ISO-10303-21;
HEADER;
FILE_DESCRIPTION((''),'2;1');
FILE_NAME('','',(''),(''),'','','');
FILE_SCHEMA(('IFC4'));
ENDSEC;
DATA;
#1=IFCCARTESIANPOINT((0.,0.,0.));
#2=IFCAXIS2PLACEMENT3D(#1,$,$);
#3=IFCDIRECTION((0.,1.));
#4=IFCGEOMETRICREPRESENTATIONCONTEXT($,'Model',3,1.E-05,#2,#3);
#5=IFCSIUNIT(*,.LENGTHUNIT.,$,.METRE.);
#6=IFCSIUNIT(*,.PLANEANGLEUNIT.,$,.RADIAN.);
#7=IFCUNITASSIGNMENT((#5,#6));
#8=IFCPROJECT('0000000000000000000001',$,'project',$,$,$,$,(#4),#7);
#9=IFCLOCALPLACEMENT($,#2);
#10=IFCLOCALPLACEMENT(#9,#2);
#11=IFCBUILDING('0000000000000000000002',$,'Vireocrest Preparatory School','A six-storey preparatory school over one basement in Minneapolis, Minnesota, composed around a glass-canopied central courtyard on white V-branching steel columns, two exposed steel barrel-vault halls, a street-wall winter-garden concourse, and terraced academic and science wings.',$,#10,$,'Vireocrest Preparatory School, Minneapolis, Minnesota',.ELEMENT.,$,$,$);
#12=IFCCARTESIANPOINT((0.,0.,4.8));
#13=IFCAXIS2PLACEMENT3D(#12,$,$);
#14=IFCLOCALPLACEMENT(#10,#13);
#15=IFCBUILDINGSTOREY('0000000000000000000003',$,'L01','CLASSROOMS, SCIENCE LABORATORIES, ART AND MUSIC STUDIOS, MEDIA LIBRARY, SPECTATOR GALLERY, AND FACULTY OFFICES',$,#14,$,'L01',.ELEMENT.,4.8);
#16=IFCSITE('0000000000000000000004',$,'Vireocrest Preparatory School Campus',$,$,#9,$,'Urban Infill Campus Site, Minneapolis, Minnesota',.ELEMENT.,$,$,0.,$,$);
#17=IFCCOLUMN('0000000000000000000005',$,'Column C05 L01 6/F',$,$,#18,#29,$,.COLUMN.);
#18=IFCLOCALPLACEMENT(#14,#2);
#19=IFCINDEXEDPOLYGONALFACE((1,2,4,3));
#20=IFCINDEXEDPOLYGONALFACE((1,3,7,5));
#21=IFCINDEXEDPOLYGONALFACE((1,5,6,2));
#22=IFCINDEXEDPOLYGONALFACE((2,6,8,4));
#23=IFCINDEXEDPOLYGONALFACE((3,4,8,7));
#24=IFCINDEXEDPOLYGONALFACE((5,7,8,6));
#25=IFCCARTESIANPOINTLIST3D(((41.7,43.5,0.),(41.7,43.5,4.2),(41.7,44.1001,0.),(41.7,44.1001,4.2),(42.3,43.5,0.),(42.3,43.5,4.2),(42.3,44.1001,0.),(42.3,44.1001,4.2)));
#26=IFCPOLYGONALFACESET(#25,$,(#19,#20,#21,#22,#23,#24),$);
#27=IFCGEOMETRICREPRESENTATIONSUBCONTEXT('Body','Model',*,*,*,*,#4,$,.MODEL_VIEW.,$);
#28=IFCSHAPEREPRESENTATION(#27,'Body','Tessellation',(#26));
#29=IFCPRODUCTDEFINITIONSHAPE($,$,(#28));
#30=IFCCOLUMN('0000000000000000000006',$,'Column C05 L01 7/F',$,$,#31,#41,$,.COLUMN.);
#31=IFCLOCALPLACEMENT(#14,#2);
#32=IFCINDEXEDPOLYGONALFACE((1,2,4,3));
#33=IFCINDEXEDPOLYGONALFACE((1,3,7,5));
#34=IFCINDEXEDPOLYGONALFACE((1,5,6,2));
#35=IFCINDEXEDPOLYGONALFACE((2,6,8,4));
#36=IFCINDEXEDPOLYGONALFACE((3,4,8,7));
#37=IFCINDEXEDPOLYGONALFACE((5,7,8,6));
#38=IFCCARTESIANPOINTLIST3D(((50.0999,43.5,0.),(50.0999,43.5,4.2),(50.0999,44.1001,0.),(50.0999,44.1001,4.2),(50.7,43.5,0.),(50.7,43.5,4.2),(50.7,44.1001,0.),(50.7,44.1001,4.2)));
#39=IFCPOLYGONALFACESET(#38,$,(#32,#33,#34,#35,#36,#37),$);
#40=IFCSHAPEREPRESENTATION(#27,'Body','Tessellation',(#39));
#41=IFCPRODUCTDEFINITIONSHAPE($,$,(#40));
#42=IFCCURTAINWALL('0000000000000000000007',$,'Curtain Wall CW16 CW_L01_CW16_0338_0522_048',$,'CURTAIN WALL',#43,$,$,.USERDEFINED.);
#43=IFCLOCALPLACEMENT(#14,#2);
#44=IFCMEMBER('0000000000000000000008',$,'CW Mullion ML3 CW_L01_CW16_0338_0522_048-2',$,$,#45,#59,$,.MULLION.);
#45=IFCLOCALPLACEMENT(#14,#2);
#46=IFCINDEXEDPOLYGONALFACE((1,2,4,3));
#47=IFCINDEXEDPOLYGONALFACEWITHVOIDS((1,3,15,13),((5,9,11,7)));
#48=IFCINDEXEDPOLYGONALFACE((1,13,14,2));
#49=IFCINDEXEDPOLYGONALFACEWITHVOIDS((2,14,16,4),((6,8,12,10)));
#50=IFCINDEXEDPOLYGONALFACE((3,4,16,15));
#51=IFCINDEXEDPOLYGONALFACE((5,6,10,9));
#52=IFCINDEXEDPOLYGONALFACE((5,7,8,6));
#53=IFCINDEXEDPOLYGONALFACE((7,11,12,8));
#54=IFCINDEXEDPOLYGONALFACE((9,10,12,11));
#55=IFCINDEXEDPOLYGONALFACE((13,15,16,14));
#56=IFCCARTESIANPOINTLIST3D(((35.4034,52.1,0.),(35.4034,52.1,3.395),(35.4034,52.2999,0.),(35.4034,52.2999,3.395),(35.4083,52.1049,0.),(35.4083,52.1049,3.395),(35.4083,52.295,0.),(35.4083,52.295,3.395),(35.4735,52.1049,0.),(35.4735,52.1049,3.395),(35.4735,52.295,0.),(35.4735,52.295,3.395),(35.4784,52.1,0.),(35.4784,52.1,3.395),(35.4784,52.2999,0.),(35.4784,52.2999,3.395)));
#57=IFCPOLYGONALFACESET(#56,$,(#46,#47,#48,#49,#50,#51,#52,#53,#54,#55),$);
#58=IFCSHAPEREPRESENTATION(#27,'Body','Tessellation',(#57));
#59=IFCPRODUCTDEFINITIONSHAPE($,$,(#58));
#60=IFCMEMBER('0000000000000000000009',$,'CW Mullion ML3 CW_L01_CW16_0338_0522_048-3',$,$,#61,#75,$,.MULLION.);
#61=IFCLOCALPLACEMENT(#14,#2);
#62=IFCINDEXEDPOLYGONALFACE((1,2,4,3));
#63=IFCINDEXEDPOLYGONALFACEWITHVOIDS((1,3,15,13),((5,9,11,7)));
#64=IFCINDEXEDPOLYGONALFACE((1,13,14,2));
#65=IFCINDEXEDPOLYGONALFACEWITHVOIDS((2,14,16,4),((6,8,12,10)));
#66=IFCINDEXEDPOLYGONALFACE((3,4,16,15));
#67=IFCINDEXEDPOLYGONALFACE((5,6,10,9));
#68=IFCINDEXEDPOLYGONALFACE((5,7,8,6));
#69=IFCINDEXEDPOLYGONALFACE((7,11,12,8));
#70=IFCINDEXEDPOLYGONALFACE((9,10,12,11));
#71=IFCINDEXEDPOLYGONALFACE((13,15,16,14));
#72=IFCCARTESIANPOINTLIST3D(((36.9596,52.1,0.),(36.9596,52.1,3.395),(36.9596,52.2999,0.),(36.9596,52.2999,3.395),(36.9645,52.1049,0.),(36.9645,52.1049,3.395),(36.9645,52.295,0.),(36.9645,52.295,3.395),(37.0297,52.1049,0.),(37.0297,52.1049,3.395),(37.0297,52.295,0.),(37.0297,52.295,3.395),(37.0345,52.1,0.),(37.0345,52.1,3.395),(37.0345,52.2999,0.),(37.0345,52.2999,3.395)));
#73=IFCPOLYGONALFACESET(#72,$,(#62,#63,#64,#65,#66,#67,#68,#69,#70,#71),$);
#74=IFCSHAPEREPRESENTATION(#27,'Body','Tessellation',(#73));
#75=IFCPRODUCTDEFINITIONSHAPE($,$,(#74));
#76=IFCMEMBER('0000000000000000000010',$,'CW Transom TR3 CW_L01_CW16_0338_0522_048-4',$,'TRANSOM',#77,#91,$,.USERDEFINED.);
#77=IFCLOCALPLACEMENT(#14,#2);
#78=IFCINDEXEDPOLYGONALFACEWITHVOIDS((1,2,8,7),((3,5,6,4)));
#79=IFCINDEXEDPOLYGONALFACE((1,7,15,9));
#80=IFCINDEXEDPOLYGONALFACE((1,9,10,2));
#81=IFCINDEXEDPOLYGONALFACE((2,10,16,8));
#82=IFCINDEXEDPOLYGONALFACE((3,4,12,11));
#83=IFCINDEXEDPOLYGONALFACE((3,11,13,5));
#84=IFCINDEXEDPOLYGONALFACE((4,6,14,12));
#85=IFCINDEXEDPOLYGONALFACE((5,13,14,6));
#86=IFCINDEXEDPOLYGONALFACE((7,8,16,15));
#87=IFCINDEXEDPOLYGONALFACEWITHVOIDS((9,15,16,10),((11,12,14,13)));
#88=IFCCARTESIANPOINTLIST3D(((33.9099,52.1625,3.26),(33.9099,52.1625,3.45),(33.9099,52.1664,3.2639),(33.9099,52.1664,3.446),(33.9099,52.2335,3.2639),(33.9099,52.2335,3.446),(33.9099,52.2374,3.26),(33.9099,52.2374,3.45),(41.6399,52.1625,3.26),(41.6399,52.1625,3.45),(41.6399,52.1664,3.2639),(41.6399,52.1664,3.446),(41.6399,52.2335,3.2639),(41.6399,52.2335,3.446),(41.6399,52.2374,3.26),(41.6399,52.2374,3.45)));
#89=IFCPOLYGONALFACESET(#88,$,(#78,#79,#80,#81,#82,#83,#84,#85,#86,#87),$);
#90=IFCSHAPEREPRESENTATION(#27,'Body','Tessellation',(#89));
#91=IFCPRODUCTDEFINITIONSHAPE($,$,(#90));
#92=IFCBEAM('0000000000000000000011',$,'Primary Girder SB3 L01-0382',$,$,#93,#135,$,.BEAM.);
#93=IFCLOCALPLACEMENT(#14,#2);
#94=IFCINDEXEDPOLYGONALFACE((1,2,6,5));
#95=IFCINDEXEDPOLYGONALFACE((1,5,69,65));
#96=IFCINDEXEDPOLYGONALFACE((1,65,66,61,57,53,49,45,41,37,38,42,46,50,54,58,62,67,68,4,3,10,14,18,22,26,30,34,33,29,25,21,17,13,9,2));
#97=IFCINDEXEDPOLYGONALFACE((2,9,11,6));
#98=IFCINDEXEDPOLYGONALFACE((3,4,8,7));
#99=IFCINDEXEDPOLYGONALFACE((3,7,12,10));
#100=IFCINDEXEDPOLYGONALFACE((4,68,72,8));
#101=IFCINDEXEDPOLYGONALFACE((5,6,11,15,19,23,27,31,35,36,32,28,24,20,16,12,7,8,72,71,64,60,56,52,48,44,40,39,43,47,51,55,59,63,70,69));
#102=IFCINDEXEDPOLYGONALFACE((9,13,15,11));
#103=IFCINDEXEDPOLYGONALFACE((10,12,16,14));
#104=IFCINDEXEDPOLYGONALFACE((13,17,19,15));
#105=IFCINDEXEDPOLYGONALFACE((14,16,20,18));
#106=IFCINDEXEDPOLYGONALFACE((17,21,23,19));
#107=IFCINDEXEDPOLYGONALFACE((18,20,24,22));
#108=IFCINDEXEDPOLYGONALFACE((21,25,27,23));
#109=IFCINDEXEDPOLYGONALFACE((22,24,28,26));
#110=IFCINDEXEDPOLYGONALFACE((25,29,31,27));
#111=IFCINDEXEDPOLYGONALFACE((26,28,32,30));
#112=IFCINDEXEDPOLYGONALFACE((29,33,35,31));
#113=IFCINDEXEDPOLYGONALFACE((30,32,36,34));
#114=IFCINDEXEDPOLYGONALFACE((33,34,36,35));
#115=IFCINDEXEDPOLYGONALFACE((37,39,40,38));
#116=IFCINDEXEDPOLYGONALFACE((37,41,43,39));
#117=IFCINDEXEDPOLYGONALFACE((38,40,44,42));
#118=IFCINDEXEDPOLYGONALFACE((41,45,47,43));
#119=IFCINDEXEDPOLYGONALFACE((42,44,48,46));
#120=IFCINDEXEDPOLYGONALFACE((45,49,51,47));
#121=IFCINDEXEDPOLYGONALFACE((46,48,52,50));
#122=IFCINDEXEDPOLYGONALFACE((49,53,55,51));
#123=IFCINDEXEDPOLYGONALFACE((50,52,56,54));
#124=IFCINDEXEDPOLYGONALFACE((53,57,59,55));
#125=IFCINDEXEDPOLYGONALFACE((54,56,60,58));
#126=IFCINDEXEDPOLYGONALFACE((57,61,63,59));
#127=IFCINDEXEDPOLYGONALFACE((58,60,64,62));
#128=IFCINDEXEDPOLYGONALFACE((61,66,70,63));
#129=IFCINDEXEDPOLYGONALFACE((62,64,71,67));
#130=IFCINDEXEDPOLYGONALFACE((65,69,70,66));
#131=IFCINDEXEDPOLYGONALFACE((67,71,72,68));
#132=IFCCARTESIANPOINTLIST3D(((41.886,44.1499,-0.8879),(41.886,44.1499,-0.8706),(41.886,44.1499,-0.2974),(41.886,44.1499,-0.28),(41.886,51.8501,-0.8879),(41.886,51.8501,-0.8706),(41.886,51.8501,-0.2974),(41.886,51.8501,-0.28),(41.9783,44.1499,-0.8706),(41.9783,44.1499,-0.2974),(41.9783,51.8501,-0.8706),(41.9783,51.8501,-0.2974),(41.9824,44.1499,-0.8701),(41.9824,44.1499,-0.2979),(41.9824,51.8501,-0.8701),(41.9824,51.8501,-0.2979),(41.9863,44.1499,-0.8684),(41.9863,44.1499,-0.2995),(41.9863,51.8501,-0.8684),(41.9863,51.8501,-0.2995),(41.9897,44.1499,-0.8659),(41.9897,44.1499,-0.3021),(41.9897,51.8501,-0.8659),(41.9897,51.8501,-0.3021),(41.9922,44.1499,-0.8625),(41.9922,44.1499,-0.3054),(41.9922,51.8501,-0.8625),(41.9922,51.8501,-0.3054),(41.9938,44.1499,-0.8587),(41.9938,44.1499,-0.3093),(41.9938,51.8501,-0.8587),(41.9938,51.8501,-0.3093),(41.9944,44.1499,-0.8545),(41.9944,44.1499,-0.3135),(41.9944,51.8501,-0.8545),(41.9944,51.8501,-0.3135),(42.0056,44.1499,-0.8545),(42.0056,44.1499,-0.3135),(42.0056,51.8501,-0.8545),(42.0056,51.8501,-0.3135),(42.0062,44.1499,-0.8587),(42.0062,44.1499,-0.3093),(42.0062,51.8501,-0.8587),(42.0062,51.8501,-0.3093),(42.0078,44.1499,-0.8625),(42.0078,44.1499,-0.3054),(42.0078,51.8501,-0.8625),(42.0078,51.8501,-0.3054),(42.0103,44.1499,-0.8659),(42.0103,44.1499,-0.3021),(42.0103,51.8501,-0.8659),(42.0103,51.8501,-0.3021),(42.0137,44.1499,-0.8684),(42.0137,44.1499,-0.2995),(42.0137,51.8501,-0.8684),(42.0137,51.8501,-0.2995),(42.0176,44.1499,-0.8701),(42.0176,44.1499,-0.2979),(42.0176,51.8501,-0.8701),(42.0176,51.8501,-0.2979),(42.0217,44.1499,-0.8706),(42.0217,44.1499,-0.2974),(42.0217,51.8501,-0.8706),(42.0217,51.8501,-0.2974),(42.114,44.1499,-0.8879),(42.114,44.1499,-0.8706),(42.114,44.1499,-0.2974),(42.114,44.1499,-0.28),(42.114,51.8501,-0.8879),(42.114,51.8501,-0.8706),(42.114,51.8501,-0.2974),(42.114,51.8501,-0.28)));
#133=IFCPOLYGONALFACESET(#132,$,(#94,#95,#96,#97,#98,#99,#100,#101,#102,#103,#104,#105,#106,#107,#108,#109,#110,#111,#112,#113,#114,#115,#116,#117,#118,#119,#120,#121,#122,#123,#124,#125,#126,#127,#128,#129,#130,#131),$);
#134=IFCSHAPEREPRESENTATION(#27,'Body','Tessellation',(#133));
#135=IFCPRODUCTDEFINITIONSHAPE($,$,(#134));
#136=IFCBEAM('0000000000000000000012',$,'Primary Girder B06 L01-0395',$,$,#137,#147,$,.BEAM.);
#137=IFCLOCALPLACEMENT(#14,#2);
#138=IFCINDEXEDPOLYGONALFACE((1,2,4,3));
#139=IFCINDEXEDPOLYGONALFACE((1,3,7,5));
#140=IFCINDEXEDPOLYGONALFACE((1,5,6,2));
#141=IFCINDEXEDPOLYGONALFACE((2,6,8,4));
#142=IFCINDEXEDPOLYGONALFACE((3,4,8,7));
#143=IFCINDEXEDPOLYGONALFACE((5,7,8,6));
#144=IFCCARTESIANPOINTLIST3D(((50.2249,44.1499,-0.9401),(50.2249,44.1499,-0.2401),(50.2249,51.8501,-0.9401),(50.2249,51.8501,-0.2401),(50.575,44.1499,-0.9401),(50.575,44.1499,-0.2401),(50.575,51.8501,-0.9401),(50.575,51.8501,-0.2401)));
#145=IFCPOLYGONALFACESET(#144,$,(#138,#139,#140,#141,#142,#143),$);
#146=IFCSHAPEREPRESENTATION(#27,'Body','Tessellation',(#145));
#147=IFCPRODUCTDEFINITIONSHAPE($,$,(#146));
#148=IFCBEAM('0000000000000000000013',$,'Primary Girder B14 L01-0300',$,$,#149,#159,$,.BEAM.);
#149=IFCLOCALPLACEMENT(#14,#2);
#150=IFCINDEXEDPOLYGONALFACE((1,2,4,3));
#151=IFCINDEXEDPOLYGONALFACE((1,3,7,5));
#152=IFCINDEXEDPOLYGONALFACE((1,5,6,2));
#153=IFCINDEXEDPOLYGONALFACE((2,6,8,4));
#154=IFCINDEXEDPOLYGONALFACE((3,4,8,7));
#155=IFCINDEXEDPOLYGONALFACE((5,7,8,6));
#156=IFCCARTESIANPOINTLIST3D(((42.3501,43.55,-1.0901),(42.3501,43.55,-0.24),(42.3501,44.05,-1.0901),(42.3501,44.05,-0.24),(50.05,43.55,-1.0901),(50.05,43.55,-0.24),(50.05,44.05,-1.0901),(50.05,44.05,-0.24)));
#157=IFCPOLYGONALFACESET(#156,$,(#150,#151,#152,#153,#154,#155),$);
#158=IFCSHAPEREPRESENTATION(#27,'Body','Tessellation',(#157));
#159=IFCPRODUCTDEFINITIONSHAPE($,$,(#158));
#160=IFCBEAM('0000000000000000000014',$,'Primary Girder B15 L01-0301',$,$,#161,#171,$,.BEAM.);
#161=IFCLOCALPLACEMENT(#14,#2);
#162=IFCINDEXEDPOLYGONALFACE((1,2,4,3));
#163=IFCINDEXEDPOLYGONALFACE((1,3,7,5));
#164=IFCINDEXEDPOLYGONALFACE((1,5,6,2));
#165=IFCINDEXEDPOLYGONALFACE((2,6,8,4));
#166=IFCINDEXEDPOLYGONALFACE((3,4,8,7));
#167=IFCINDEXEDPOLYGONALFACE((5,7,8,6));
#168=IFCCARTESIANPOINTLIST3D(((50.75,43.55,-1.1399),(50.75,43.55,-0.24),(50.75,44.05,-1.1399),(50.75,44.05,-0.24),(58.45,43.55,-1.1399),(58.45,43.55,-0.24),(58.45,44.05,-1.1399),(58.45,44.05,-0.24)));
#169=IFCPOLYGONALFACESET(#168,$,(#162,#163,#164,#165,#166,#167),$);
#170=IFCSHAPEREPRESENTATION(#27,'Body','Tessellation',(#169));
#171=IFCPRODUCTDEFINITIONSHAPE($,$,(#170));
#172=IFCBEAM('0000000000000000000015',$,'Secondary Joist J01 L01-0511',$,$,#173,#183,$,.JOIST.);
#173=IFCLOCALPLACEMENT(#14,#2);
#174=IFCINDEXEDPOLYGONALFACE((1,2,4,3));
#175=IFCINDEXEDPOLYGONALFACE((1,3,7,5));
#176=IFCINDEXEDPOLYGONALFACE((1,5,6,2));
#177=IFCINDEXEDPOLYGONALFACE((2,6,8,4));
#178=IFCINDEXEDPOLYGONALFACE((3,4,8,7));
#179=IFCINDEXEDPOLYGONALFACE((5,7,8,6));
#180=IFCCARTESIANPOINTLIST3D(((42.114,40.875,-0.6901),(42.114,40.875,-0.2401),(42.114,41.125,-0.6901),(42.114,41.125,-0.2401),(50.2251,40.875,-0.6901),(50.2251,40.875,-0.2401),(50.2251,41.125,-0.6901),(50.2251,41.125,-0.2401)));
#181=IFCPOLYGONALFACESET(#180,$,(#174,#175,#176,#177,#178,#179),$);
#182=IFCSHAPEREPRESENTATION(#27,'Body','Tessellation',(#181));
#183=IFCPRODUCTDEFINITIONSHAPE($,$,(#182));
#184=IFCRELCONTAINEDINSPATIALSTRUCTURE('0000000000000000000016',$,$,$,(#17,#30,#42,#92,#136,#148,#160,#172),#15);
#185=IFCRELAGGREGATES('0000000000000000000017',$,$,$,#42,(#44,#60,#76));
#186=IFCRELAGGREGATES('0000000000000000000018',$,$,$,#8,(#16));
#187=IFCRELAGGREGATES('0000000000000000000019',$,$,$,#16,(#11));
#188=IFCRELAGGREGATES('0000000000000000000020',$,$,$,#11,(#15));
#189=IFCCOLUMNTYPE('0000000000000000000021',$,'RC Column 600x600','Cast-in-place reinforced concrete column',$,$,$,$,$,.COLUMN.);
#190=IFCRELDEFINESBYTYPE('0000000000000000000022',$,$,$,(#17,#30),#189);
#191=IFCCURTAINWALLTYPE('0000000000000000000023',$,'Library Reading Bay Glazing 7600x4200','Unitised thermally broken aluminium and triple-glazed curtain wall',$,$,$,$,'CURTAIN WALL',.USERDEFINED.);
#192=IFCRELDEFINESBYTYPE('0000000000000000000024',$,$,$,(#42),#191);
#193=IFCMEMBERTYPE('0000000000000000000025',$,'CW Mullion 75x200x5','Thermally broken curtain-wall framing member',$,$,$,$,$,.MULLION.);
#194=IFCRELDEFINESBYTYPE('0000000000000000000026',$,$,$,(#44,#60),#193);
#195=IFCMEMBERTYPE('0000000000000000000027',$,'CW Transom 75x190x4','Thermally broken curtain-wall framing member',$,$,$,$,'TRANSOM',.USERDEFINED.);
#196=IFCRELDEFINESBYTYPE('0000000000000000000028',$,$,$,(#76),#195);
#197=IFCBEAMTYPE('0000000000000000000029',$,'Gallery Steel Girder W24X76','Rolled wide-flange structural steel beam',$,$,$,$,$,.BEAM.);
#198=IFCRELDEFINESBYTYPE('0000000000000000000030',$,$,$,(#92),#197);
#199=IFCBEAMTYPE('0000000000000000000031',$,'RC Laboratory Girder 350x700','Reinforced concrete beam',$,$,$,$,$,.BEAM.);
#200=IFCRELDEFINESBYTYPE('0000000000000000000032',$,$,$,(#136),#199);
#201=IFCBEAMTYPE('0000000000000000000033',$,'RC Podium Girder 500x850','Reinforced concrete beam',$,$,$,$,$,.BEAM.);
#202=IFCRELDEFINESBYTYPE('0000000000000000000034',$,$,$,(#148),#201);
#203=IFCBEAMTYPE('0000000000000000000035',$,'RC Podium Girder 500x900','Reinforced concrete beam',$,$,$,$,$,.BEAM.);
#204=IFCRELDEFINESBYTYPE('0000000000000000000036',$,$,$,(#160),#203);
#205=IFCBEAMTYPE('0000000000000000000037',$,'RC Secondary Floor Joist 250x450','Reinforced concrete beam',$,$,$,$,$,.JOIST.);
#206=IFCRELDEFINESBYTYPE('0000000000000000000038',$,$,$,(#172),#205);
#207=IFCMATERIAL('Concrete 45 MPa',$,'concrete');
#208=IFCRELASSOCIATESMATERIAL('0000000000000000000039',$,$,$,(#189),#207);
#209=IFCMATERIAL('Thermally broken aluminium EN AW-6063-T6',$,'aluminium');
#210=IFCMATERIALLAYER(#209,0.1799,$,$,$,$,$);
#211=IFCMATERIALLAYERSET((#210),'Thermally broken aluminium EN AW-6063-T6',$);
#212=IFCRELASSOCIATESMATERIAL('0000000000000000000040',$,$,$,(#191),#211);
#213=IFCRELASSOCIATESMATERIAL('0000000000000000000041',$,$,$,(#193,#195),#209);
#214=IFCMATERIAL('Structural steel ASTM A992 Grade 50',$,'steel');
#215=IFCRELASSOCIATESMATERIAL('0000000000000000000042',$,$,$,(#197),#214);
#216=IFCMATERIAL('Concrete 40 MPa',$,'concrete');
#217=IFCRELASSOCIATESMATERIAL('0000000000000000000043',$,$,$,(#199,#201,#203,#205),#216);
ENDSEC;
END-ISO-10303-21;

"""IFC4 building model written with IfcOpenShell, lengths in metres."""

from ifc_helpers import new_model, si_unit, direction, frame, origin, origin_2d, place, context, subcontext, project, spatial, rectangle, hollow_rectangle, i_section, extrude, material, layer, layer_set, material_profile, profile_set, type_object, element, aggregate, save


model = new_model("IFC4")

# Units and contexts
model_context = context("Model", 3, precision=1e-05, world=origin(), true_north=direction((0.0, 1.0)))
body_context = subcontext(model_context, "Body", "Model", "MODEL_VIEW")
ifc_project = project(units=[si_unit("LENGTHUNIT", "METRE"), si_unit("PLANEANGLEUNIT", "RADIAN")], contexts=[model_context])

# Site, building, storey
site_placement = place(None, origin())
site = spatial("IfcSite", under=ifc_project, at=site_placement, Name="Vireocrest Preparatory School Campus", LongName="Urban Infill Campus Site, Minneapolis, Minnesota", CompositionType="ELEMENT", RefElevation=0.0)
building_placement = place(site_placement, origin())
building = spatial("IfcBuilding", under=site, at=building_placement, Name="Vireocrest Preparatory School", Description="A six-storey preparatory school over one basement in Minneapolis, Minnesota, composed around a glass-canopied central courtyard on white V-branching steel columns, two exposed steel barrel-vault halls, a street-wall winter-garden concourse, and terraced academic and science wings.", LongName="Vireocrest Preparatory School, Minneapolis, Minnesota", CompositionType="ELEMENT")
storey_placement = place(building_placement, frame((0.0, 0.0, 4.8)))
storey = spatial("IfcBuildingStorey", under=building, at=storey_placement, Name="L01", Description="CLASSROOMS, SCIENCE LABORATORIES, ART AND MUSIC STUDIOS, MEDIA LIBRARY, SPECTATOR GALLERY, AND FACULTY OFFICES", LongName="L01", CompositionType="ELEMENT", Elevation=4.8)

# Columns
ifc_material_1 = material(Name="Concrete 45 MPa", Category="concrete")
ifc_material_profile_1 = material_profile(ifc_material_1, rectangle(XDim=0.6001, YDim=0.6001, at=origin_2d()), Name="RC 600x600")
ifc_profile_set_1 = profile_set([ifc_material_profile_1], Name="Concrete 45 MPa")
column_type = type_object("IfcColumnType", Name="RC Column 600x600", Description="Cast-in-place reinforced concrete column", PredefinedType="COLUMN", material=ifc_profile_set_1)
for number, where, z_axis, x_axis, name in (
    (1, (42.0, 43.8, 0.0), (0.0, 0.0, 1.0), (1.0, 0.0, 0.0), "Column C05 L01 6/F"),
    (2, (50.3999, 43.8, 0.0), (0.0, 0.0, 1.0), (1.0, 0.0, 0.0), "Column C05 L01 7/F"),
):
    element("IfcColumn", number, at=place(storey_placement, frame(where, z_axis=z_axis, x_axis=x_axis)), inside=storey, type_object=column_type, Name=name, PredefinedType="COLUMN", context=body_context, shape_type="SweptSolid", body=[
        extrude(rectangle(XDim=0.6001, YDim=0.6001, at=origin_2d()), origin(), (0.0, 0.0, 1.0), 4.2),
    ])

# Curtain wall, members
ifc_material_2 = material(Name="Thermally broken aluminium EN AW-6063-T6", Category="aluminium")
ifc_layer_1 = layer(ifc_material_2, 0.1799)
ifc_layer_set_1 = layer_set([ifc_layer_1], Name="Thermally broken aluminium EN AW-6063-T6")
curtain_wall_type = type_object("IfcCurtainWallType", Name="Library Reading Bay Glazing 7600x4200", Description="Unitised thermally broken aluminium and triple-glazed curtain wall", ElementType="CURTAIN WALL", PredefinedType="USERDEFINED", material=ifc_layer_set_1)
curtain_wall_placement = place(storey_placement, origin())
curtain_wall = element("IfcCurtainWall", 3, at=curtain_wall_placement, inside=storey, type_object=curtain_wall_type, Name="Curtain Wall CW16 CW_L01_CW16_0338_0522_048", ObjectType="CURTAIN WALL", PredefinedType="USERDEFINED")
ifc_material_profile_2 = material_profile(ifc_material_2, hollow_rectangle(XDim=0.075, YDim=0.2, WallThickness=0.0049, at=origin_2d()), Name="ALU 75x200x5")
ifc_profile_set_2 = profile_set([ifc_material_profile_2], Name="Thermally broken aluminium EN AW-6063-T6")
member_type_1 = type_object("IfcMemberType", Name="CW Mullion 75x200x5", Description="Thermally broken curtain-wall framing member", PredefinedType="MULLION", material=ifc_profile_set_2)
member_1_placement = place(storey_placement, frame((35.4409, 52.2, 0.0), z_axis=(0.0, 0.0, 1.0), x_axis=(1.0, 0.0, 0.0)))
member_1 = element("IfcMember", 4, at=member_1_placement, type_object=member_type_1, Name="CW Mullion ML3 CW_L01_CW16_0338_0522_048-2", PredefinedType="MULLION", context=body_context, shape_type="SweptSolid", body=[
    extrude(hollow_rectangle(XDim=0.075, YDim=0.2, WallThickness=0.0049, at=origin_2d()), origin(), (0.0, 0.0, 1.0), 3.395),
])
member_2_placement = place(storey_placement, frame((36.9971, 52.2, 0.0), z_axis=(0.0, 0.0, 1.0), x_axis=(1.0, 0.0, 0.0)))
member_2 = element("IfcMember", 5, at=member_2_placement, type_object=member_type_1, Name="CW Mullion ML3 CW_L01_CW16_0338_0522_048-3", PredefinedType="MULLION", context=body_context, shape_type="SweptSolid", body=[
    extrude(hollow_rectangle(XDim=0.075, YDim=0.2, WallThickness=0.0049, at=origin_2d()), origin(), (0.0, 0.0, 1.0), 3.395),
])
ifc_material_profile_3 = material_profile(ifc_material_2, hollow_rectangle(XDim=0.075, YDim=0.1899, WallThickness=0.0039, at=origin_2d()), Name="ALU 75x190x4")
ifc_profile_set_3 = profile_set([ifc_material_profile_3], Name="Thermally broken aluminium EN AW-6063-T6")
member_type_2 = type_object("IfcMemberType", Name="CW Transom 75x190x4", Description="Thermally broken curtain-wall framing member", ElementType="TRANSOM", PredefinedType="USERDEFINED", material=ifc_profile_set_3)
member_3_placement = place(storey_placement, frame((33.9099, 52.2, 3.355), z_axis=(1.0, 0.0, 0.0), x_axis=(0.0, 1.0, 0.0)))
member_3 = element("IfcMember", 6, at=member_3_placement, type_object=member_type_2, Name="CW Transom TR3 CW_L01_CW16_0338_0522_048-4", ObjectType="TRANSOM", PredefinedType="USERDEFINED", context=body_context, shape_type="SweptSolid", body=[
    extrude(hollow_rectangle(XDim=0.075, YDim=0.1899, WallThickness=0.0039, at=origin_2d()), origin(), (0.0, 0.0, 1.0), 7.73),
])

# Beams
ifc_material_3 = material(Name="Structural steel ASTM A992 Grade 50", Category="steel")
ifc_material_profile_4 = material_profile(ifc_material_3, i_section(OverallWidth=0.228, OverallDepth=0.6079, WebThickness=0.0112, FlangeThickness=0.0173, FilletRadius=0.0161, at=origin_2d()), Name="W24X76")
ifc_profile_set_4 = profile_set([ifc_material_profile_4], Name="Structural steel ASTM A992 Grade 50")
beam_type_1 = type_object("IfcBeamType", Name="Gallery Steel Girder W24X76", Description="Rolled wide-flange structural steel beam", PredefinedType="BEAM", material=ifc_profile_set_4)
beam_1_placement = place(storey_placement, frame((42.0, 44.1499, -0.584), z_axis=(0.0, 1.0, 0.0), x_axis=(-1.0, 0.0, 0.0)))
element("IfcBeam", 7, at=beam_1_placement, inside=storey, type_object=beam_type_1, Name="Primary Girder SB3 L01-0382", PredefinedType="BEAM", context=body_context, shape_type="SweptSolid", body=[
    extrude(i_section(OverallWidth=0.228, OverallDepth=0.6079, WebThickness=0.0112, FlangeThickness=0.0173, FilletRadius=0.0161, at=origin_2d()), origin(), (0.0, 0.0, 1.0), 7.7002),
])
ifc_material_4 = material(Name="Concrete 40 MPa", Category="concrete")
ifc_material_profile_5 = material_profile(ifc_material_4, rectangle(XDim=0.3501, YDim=0.7, at=origin_2d()), Name="RC 350x700")
ifc_profile_set_5 = profile_set([ifc_material_profile_5], Name="Concrete 40 MPa")
beam_type_2 = type_object("IfcBeamType", Name="RC Laboratory Girder 350x700", Description="Reinforced concrete beam", PredefinedType="BEAM", material=ifc_profile_set_5)
beam_2_placement = place(storey_placement, frame((50.3999, 44.1499, -0.5901), z_axis=(0.0, 1.0, 0.0), x_axis=(-1.0, 0.0, 0.0)))
element("IfcBeam", 8, at=beam_2_placement, inside=storey, type_object=beam_type_2, Name="Primary Girder B06 L01-0395", PredefinedType="BEAM", context=body_context, shape_type="SweptSolid", body=[
    extrude(rectangle(XDim=0.3501, YDim=0.7, at=origin_2d()), origin(), (0.0, 0.0, 1.0), 7.7002),
])
ifc_material_profile_6 = material_profile(ifc_material_4, rectangle(XDim=0.5, YDim=0.8501, at=origin_2d()), Name="RC 500x850")
ifc_profile_set_6 = profile_set([ifc_material_profile_6], Name="Concrete 40 MPa")
beam_type_3 = type_object("IfcBeamType", Name="RC Podium Girder 500x850", Description="Reinforced concrete beam", PredefinedType="BEAM", material=ifc_profile_set_6)
beam_3_placement = place(storey_placement, frame((42.3501, 43.8, -0.665), z_axis=(1.0, 0.0, 0.0), x_axis=(0.0, 1.0, 0.0)))
element("IfcBeam", 9, at=beam_3_placement, inside=storey, type_object=beam_type_3, Name="Primary Girder B14 L01-0300", PredefinedType="BEAM", context=body_context, shape_type="SweptSolid", body=[
    extrude(rectangle(XDim=0.5, YDim=0.8501, at=origin_2d()), origin(), (0.0, 0.0, 1.0), 7.7),
])
ifc_material_profile_7 = material_profile(ifc_material_4, rectangle(XDim=0.5, YDim=0.8999, at=origin_2d()), Name="RC 500x900")
ifc_profile_set_7 = profile_set([ifc_material_profile_7], Name="Concrete 40 MPa")
beam_type_4 = type_object("IfcBeamType", Name="RC Podium Girder 500x900", Description="Reinforced concrete beam", PredefinedType="BEAM", material=ifc_profile_set_7)
beam_4_placement = place(storey_placement, frame((50.75, 43.8, -0.6899), z_axis=(1.0, 0.0, 0.0), x_axis=(0.0, 1.0, 0.0)))
element("IfcBeam", 10, at=beam_4_placement, inside=storey, type_object=beam_type_4, Name="Primary Girder B15 L01-0301", PredefinedType="BEAM", context=body_context, shape_type="SweptSolid", body=[
    extrude(rectangle(XDim=0.5, YDim=0.8999, at=origin_2d()), origin(), (0.0, 0.0, 1.0), 7.7),
])
ifc_material_profile_8 = material_profile(ifc_material_4, rectangle(XDim=0.25, YDim=0.45, at=origin_2d()), Name="RC 250x450")
ifc_profile_set_8 = profile_set([ifc_material_profile_8], Name="Concrete 40 MPa")
beam_type_5 = type_object("IfcBeamType", Name="RC Secondary Floor Joist 250x450", Description="Reinforced concrete beam", PredefinedType="JOIST", material=ifc_profile_set_8)
for number, where, z_axis, x_axis, name in (
    (11, (42.114, 41.0, -0.4651), (1.0, 0.0, 0.0), (0.0, 1.0, 0.0), "Secondary Joist J01 L01-0511"),
):
    element("IfcBeam", number, at=place(storey_placement, frame(where, z_axis=z_axis, x_axis=x_axis)), inside=storey, type_object=beam_type_5, Name=name, PredefinedType="JOIST", context=body_context, shape_type="SweptSolid", body=[
        extrude(rectangle(XDim=0.25, YDim=0.45, at=origin_2d()), origin(), (0.0, 0.0, 1.0), 8.1111),
    ])

aggregate(curtain_wall, [member_1, member_2, member_3])

save(model, "model.ifc")
